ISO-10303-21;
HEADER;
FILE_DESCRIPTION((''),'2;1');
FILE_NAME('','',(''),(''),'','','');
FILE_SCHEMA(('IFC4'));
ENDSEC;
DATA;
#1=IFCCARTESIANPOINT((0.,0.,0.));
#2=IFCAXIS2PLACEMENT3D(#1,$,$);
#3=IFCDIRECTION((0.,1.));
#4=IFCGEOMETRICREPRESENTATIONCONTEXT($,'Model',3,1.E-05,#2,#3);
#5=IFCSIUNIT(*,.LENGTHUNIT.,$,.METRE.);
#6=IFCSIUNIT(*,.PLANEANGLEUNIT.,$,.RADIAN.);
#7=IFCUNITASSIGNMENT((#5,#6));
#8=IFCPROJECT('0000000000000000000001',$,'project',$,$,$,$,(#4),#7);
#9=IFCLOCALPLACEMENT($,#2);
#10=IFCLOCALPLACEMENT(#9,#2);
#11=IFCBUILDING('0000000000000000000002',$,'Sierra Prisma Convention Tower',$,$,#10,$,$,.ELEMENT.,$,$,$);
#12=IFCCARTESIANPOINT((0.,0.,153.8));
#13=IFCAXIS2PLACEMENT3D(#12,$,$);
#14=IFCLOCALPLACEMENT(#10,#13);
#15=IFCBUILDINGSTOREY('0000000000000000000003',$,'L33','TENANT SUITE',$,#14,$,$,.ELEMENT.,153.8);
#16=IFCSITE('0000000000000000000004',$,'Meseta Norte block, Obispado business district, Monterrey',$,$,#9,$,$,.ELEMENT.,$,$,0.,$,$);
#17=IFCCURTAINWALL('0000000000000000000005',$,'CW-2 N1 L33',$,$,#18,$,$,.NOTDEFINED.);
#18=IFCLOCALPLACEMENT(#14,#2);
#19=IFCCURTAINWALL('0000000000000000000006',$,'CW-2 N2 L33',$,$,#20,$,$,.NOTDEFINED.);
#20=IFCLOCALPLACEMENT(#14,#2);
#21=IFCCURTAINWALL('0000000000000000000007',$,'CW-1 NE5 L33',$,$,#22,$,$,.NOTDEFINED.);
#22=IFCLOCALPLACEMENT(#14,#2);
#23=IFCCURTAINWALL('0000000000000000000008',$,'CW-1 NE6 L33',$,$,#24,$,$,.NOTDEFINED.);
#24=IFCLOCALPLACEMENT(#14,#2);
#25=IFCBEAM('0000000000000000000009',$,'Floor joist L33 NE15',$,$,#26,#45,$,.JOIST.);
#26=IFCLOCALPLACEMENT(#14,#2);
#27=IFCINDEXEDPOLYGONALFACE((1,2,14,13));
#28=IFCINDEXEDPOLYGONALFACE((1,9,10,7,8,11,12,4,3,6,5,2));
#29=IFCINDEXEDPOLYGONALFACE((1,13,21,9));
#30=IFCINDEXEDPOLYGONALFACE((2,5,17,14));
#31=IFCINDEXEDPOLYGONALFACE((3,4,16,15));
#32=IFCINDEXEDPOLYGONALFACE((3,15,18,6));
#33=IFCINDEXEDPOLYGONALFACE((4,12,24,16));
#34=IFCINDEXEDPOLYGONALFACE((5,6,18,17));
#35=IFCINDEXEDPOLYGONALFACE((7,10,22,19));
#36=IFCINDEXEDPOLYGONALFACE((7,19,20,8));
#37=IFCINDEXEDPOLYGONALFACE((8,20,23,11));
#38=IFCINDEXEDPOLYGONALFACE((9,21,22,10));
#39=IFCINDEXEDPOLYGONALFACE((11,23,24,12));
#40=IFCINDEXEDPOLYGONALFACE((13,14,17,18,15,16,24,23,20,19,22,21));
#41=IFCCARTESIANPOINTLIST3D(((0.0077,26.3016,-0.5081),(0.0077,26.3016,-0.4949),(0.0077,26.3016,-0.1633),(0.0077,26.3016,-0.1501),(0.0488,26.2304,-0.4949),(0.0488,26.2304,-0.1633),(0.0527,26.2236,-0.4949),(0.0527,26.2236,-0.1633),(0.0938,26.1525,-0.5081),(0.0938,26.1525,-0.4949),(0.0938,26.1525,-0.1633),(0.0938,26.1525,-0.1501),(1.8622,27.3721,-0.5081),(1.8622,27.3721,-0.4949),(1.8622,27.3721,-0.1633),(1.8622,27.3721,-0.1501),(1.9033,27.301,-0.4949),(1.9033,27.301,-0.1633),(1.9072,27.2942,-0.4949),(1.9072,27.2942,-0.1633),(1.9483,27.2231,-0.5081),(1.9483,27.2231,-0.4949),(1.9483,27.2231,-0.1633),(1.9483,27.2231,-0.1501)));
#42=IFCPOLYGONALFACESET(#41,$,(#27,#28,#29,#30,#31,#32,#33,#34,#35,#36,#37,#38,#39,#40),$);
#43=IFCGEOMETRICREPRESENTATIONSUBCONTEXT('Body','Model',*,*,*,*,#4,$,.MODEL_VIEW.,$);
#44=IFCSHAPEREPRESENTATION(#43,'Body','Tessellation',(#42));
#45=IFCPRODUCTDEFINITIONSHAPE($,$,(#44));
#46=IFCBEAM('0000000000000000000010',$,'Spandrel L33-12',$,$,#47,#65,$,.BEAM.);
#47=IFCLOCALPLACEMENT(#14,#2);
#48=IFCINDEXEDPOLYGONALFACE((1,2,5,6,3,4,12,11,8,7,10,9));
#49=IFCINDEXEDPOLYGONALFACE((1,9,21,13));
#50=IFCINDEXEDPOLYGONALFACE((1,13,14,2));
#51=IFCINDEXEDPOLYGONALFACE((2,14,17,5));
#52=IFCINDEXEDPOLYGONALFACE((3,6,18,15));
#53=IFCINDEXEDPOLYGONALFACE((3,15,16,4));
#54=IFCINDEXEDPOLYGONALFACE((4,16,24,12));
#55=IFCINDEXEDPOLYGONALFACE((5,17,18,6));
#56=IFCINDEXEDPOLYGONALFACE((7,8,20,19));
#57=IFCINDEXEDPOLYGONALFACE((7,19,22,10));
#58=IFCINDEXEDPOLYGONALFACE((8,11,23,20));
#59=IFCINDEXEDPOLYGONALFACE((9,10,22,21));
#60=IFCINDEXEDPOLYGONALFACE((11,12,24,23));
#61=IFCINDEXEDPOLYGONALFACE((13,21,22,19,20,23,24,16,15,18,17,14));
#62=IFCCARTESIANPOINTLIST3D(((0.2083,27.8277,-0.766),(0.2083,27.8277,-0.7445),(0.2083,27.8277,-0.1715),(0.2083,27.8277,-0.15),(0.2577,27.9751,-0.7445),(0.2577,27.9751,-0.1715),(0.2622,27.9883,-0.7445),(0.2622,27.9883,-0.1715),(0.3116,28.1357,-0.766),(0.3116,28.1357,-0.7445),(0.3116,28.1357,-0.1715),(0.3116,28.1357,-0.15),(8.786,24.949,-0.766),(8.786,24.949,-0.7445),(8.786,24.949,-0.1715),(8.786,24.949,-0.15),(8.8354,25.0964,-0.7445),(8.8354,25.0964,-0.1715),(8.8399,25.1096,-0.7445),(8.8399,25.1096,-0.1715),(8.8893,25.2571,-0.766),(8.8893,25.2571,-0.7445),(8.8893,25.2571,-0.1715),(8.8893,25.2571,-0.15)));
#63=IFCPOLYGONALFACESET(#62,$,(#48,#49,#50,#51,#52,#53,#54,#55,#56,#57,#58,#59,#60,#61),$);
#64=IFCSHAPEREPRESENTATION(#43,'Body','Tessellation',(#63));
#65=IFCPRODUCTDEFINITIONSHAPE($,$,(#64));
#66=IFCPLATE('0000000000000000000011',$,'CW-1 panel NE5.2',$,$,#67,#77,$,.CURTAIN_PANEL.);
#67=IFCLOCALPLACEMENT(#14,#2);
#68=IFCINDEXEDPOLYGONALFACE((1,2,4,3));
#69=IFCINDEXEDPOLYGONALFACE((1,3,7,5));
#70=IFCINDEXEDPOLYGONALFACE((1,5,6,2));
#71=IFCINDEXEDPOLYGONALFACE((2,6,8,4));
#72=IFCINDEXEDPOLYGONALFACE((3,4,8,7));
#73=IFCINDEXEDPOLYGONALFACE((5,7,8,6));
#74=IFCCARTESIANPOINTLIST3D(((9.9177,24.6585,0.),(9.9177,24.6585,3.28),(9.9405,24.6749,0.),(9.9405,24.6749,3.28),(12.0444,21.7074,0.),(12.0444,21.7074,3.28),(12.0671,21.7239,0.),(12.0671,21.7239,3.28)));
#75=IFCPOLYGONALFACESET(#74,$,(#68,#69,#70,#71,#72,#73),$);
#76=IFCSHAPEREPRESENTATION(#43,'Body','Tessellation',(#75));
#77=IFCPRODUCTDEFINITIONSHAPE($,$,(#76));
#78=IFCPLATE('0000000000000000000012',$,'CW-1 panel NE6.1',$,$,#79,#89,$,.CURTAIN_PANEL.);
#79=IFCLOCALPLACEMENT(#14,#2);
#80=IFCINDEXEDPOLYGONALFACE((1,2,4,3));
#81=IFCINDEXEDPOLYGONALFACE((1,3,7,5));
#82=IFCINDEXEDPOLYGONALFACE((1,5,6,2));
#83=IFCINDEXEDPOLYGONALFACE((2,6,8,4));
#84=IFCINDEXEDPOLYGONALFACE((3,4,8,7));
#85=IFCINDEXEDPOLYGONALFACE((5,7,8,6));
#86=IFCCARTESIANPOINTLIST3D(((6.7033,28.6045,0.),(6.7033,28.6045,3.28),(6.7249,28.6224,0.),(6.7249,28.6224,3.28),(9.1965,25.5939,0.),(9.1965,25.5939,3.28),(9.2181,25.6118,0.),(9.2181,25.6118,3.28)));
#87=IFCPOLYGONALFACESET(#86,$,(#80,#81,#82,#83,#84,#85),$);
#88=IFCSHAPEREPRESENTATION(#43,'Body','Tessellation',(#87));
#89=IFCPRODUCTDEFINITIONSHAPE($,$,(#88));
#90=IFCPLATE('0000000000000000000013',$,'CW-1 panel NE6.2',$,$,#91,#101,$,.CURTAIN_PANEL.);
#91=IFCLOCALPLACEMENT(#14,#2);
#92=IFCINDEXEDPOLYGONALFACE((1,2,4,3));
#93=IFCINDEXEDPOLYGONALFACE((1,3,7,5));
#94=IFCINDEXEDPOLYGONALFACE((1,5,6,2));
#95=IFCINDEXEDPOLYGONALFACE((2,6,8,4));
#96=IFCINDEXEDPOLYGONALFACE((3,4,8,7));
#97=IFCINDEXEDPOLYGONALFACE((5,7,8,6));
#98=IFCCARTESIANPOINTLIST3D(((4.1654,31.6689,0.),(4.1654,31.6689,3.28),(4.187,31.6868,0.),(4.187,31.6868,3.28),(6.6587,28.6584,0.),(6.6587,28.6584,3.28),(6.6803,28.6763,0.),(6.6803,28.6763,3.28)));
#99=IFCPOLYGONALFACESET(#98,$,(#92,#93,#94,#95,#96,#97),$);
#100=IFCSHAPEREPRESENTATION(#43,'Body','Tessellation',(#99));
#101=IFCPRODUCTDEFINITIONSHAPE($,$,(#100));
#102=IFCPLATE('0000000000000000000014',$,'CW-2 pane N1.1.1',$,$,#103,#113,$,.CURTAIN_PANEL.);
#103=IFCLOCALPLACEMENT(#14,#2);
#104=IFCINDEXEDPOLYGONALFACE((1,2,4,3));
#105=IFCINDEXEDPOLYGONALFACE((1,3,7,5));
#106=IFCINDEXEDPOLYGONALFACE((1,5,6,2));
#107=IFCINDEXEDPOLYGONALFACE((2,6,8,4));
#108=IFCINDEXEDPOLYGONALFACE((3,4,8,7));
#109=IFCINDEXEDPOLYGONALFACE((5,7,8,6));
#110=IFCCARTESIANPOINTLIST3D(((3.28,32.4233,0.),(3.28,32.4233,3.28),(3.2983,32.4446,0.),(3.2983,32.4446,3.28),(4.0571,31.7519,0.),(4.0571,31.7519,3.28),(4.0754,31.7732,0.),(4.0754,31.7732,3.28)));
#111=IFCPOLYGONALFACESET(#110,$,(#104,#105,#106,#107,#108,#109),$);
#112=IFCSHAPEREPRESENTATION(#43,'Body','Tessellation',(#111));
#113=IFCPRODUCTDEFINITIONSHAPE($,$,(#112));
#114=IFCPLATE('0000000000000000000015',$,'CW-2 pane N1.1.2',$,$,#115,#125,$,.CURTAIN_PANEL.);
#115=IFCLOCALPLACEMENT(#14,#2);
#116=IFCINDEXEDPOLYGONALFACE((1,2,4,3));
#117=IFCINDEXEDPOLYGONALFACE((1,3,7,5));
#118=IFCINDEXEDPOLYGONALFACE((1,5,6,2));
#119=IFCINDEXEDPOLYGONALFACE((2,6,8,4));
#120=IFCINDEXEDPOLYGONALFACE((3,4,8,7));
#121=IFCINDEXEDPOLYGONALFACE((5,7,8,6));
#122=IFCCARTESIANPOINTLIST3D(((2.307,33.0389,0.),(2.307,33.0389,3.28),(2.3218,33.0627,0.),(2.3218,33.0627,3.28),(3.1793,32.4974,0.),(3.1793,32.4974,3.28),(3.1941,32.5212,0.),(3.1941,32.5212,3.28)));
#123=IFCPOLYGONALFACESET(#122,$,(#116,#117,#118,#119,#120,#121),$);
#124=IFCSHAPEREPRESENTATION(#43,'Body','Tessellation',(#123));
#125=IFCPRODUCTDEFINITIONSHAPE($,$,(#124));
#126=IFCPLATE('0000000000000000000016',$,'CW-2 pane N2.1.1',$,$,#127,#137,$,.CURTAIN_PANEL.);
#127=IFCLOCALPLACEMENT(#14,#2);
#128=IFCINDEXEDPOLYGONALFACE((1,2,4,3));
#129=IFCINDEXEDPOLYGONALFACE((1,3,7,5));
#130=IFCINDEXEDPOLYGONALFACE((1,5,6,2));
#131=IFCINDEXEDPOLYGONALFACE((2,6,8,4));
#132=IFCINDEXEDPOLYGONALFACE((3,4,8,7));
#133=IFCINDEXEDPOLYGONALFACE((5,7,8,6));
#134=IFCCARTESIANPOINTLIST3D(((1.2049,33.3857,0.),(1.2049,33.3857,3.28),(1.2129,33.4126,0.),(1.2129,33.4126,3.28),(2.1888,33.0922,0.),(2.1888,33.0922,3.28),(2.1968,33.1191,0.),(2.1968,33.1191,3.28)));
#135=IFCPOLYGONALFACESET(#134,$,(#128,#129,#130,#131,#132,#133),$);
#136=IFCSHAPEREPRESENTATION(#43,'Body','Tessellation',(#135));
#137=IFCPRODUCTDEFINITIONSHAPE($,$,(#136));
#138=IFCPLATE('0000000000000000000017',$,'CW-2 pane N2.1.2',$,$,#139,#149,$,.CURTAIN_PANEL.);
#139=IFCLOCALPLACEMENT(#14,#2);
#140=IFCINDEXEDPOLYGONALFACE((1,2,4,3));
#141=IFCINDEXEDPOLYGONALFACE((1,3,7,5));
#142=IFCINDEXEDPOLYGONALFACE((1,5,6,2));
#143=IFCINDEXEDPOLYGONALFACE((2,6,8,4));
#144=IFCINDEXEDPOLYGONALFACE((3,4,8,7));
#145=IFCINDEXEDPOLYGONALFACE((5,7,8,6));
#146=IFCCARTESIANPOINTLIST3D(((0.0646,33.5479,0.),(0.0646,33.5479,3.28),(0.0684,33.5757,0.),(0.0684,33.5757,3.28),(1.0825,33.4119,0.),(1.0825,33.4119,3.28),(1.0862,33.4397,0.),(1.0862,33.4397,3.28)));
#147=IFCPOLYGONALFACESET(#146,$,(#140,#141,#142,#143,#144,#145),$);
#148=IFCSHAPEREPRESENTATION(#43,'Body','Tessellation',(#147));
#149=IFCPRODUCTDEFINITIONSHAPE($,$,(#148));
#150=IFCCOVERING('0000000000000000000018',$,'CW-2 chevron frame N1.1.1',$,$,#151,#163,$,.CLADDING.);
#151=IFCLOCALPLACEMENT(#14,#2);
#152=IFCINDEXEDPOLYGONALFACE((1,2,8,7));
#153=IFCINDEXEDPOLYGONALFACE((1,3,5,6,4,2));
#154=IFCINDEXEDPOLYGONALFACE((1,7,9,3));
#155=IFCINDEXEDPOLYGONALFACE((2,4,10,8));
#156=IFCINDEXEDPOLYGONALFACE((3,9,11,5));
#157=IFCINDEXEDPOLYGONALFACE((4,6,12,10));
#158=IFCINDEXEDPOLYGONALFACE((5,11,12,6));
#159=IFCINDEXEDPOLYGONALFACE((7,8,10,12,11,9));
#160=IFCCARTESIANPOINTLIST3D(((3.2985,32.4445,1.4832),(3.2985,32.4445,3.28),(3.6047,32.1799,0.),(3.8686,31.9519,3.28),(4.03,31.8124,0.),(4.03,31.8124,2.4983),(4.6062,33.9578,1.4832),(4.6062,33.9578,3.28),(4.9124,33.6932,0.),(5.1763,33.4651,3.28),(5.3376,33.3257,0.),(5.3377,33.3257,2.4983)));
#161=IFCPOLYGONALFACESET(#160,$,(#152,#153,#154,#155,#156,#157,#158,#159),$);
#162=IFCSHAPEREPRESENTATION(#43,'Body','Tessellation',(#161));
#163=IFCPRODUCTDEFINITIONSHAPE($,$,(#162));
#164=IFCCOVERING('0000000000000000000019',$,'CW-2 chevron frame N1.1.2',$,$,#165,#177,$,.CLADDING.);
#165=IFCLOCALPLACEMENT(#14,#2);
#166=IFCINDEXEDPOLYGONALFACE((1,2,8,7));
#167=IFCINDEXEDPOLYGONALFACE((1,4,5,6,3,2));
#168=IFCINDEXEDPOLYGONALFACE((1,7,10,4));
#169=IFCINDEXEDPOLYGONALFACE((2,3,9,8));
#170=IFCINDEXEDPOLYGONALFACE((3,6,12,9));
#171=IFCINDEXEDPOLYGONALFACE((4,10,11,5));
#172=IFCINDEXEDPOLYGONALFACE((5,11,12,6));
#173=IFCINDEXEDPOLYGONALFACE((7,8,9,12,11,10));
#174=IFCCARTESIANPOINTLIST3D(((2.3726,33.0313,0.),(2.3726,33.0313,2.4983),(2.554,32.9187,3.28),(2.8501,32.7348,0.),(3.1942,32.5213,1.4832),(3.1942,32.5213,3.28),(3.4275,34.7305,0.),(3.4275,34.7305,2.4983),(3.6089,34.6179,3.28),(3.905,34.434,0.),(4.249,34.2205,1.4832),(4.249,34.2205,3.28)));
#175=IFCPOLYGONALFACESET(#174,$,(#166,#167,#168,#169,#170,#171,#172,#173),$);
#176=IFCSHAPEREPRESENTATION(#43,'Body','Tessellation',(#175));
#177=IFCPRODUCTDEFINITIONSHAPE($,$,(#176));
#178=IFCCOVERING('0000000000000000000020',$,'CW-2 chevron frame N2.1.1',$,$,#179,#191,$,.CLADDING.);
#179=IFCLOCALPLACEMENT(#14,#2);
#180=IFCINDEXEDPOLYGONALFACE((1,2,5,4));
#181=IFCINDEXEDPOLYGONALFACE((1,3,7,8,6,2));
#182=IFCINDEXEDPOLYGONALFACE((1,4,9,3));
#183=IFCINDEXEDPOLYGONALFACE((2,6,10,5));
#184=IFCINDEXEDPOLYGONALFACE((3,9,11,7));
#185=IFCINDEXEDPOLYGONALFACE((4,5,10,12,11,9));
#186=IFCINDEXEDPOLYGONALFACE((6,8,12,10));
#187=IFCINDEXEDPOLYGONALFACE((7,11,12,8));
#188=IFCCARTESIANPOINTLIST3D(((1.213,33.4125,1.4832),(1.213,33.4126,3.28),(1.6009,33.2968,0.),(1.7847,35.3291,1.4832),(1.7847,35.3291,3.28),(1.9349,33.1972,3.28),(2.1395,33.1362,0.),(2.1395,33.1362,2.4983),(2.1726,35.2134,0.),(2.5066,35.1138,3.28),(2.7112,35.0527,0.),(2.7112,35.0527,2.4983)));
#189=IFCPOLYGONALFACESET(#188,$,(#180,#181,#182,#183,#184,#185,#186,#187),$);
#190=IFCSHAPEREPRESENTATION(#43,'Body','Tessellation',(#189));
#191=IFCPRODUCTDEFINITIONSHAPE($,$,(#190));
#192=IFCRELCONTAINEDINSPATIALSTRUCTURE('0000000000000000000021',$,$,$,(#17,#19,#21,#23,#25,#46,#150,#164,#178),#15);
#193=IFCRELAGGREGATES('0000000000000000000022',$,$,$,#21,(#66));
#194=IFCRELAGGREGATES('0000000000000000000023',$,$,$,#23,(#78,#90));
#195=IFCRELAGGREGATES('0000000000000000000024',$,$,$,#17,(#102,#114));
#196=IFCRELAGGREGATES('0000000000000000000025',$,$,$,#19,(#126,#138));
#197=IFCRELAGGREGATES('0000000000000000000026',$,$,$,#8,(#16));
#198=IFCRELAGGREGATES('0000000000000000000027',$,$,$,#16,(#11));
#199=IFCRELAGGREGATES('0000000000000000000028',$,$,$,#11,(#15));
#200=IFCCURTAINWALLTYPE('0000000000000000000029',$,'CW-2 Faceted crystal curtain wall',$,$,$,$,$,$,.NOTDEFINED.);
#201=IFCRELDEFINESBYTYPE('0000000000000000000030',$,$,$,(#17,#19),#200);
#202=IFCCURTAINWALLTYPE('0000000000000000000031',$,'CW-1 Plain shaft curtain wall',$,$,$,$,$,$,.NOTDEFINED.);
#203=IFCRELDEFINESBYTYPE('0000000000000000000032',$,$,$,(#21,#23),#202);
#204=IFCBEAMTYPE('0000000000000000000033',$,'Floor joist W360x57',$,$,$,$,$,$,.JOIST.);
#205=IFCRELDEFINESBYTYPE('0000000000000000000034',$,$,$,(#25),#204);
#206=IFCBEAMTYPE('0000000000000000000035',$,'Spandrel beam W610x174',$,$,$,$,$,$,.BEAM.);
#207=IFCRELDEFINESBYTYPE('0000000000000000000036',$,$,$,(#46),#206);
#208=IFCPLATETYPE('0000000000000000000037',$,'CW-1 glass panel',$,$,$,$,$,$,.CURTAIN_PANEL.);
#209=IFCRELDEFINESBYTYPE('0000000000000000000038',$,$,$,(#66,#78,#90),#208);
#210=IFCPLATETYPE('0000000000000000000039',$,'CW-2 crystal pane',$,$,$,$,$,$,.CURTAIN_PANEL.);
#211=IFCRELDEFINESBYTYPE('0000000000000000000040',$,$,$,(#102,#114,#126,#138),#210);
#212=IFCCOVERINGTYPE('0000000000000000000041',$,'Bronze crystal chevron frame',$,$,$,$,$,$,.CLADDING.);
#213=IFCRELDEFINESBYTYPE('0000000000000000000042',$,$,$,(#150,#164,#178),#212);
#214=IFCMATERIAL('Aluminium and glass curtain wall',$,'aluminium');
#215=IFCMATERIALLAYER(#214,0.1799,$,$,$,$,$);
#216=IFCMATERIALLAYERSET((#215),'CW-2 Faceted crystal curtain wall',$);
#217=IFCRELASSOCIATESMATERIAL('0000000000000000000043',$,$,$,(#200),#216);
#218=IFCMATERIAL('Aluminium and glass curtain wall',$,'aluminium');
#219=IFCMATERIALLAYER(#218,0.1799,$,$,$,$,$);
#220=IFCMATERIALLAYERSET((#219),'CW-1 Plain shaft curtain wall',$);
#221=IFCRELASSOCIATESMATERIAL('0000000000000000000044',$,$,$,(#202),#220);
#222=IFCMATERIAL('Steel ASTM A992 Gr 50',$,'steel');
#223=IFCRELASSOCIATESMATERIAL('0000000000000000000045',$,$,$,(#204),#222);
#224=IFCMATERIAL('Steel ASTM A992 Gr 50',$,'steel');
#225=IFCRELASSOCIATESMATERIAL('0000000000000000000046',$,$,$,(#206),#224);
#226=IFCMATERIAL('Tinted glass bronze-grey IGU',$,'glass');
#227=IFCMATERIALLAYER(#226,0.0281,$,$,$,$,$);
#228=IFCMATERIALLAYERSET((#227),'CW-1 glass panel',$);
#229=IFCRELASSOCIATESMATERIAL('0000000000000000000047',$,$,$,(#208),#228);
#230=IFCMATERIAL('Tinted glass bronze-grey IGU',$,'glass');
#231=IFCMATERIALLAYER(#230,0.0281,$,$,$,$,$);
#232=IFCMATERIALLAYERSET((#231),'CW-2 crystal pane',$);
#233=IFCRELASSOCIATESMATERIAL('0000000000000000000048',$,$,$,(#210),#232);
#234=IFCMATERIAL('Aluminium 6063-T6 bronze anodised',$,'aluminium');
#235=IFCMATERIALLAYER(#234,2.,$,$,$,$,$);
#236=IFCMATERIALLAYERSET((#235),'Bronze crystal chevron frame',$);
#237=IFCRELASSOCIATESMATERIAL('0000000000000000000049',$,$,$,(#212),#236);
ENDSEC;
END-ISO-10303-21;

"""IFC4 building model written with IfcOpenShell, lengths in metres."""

from ifc_helpers import new_model, si_unit, direction, frame, origin, origin_2d, place, context, subcontext, project, spatial, polyline, rectangle, i_section, outline, extrude, material, layer, layer_set, material_profile, profile_set, type_object, element, aggregate, save


model = new_model("IFC4")

# Units and contexts
model_context = context("Model", 3, precision=1e-05, world=origin(), true_north=direction((0.0, 1.0)))
body_context = subcontext(model_context, "Body", "Model", "MODEL_VIEW")
ifc_project = project(units=[si_unit("LENGTHUNIT", "METRE"), si_unit("PLANEANGLEUNIT", "RADIAN")], contexts=[model_context])

# Site, building, storey
site_placement = place(None, origin())
site = spatial("IfcSite", under=ifc_project, at=site_placement, Name="Meseta Norte block, Obispado business district, Monterrey", CompositionType="ELEMENT", RefElevation=0.0)
building_placement = place(site_placement, origin())
building = spatial("IfcBuilding", under=site, at=building_placement, Name="Sierra Prisma Convention Tower", CompositionType="ELEMENT")
storey_placement = place(building_placement, frame((0.0, 0.0, 153.8)))
storey = spatial("IfcBuildingStorey", under=building, at=storey_placement, Name="L33", Description="TENANT SUITE", CompositionType="ELEMENT", Elevation=153.8)

# Curtain walls
ifc_material_1 = material(Name="Aluminium and glass curtain wall", Category="aluminium")
ifc_layer_1 = layer(ifc_material_1, 0.1799)
ifc_layer_set_1 = layer_set([ifc_layer_1], Name="CW-2 Faceted crystal curtain wall")
curtain_wall_type_1 = type_object("IfcCurtainWallType", Name="CW-2 Faceted crystal curtain wall", PredefinedType="NOTDEFINED", material=ifc_layer_set_1)
curtain_wall_1_placement = place(storey_placement, origin())
curtain_wall_1 = element("IfcCurtainWall", 1, at=curtain_wall_1_placement, inside=storey, type_object=curtain_wall_type_1, Name="CW-2 N1 L33", PredefinedType="NOTDEFINED")
curtain_wall_2_placement = place(storey_placement, origin())
curtain_wall_2 = element("IfcCurtainWall", 2, at=curtain_wall_2_placement, inside=storey, type_object=curtain_wall_type_1, Name="CW-2 N2 L33", PredefinedType="NOTDEFINED")
ifc_material_2 = material(Name="Aluminium and glass curtain wall", Category="aluminium")
ifc_layer_2 = layer(ifc_material_2, 0.1799)
ifc_layer_set_2 = layer_set([ifc_layer_2], Name="CW-1 Plain shaft curtain wall")
curtain_wall_type_2 = type_object("IfcCurtainWallType", Name="CW-1 Plain shaft curtain wall", PredefinedType="NOTDEFINED", material=ifc_layer_set_2)
curtain_wall_3_placement = place(storey_placement, origin())
curtain_wall_3 = element("IfcCurtainWall", 3, at=curtain_wall_3_placement, inside=storey, type_object=curtain_wall_type_2, Name="CW-1 NE5 L33", PredefinedType="NOTDEFINED")
curtain_wall_4_placement = place(storey_placement, origin())
curtain_wall_4 = element("IfcCurtainWall", 4, at=curtain_wall_4_placement, inside=storey, type_object=curtain_wall_type_2, Name="CW-1 NE6 L33", PredefinedType="NOTDEFINED")

# Beams
ifc_material_3 = material(Name="Steel ASTM A992 Gr 50", Category="steel")
ifc_material_profile_1 = material_profile(ifc_material_3, i_section(OverallWidth=0.1721, OverallDepth=0.3579, WebThickness=0.0078, FlangeThickness=0.0132, at=origin_2d()), Name="W360x57")
ifc_profile_set_1 = profile_set([ifc_material_profile_1], Name="Steel ASTM A992 Gr 50")
beam_type_1 = type_object("IfcBeamType", Name="Floor joist W360x57", PredefinedType="JOIST", material=ifc_profile_set_1)
beam_1_placement = place(storey_placement, frame((1.9053, 27.2976, -0.3291), z_axis=(-0.866053, -0.499953, 0.0), x_axis=(0.499953, -0.866053, 0.0)))
element("IfcBeam", 5, at=beam_1_placement, inside=storey, type_object=beam_type_1, Name="Floor joist L33 NE15", PredefinedType="JOIST", context=body_context, shape_type="SweptSolid", body=[
    extrude(i_section(OverallWidth=0.1721, OverallDepth=0.3579, WebThickness=0.0078, FlangeThickness=0.0132, at=origin_2d()), origin(), (0.0, 0.0, 1.0), 2.1414),
])
ifc_material_4 = material(Name="Steel ASTM A992 Gr 50", Category="steel")
ifc_material_profile_2 = material_profile(ifc_material_4, i_section(OverallWidth=0.325, OverallDepth=0.616, WebThickness=0.0139, FlangeThickness=0.0215, at=origin_2d()), Name="W610x174")
ifc_profile_set_2 = profile_set([ifc_material_profile_2], Name="Steel ASTM A992 Gr 50")
beam_type_2 = type_object("IfcBeamType", Name="Spandrel beam W610x174", PredefinedType="BEAM", material=ifc_profile_set_2)
beam_2_placement = place(storey_placement, frame((8.8376, 25.103, -0.458), z_axis=(-0.948036, 0.318162, 0.0), x_axis=(-0.318162, -0.948036, 0.0)))
element("IfcBeam", 6, at=beam_2_placement, inside=storey, type_object=beam_type_2, Name="Spandrel L33-12", PredefinedType="BEAM", context=body_context, shape_type="SweptSolid", body=[
    extrude(i_section(OverallWidth=0.325, OverallDepth=0.616, WebThickness=0.0139, FlangeThickness=0.0215, at=origin_2d()), origin(), (0.0, 0.0, 1.0), 9.0479),
])

# Plates
ifc_material_5 = material(Name="Tinted glass bronze-grey IGU", Category="glass")
ifc_layer_3 = layer(ifc_material_5, 0.0281)
ifc_layer_set_3 = layer_set([ifc_layer_3], Name="CW-1 glass panel")
plate_type_1 = type_object("IfcPlateType", Name="CW-1 glass panel", PredefinedType="CURTAIN_PANEL", material=ifc_layer_set_3)
plate_1_placement = place(storey_placement, frame((10.9924, 23.1912, 0.0), z_axis=(0.0, 0.0, 1.0), x_axis=(-0.584648, 0.811287, 0.0)))
plate_1 = element("IfcPlate", 7, at=plate_1_placement, type_object=plate_type_1, Name="CW-1 panel NE5.2", PredefinedType="CURTAIN_PANEL", context=body_context, shape_type="SweptSolid", body=[
    extrude(rectangle(XDim=3.6375, YDim=0.0281, at=origin_2d()), origin(), (0.0, 0.0, 1.0), 3.28),
])
aggregate(curtain_wall_3, [plate_1])
plate_2_placement = place(storey_placement, frame((7.9607, 27.1082, 0.0), z_axis=(0.0, 0.0, 1.0), x_axis=(-0.63783, 0.770177, 0.0)))
plate_2 = element("IfcPlate", 8, at=plate_2_placement, type_object=plate_type_1, Name="CW-1 panel NE6.1", PredefinedType="CURTAIN_PANEL", context=body_context, shape_type="SweptSolid", body=[
    extrude(rectangle(XDim=3.9089, YDim=0.0281, at=origin_2d()), origin(), (0.0, 0.0, 1.0), 3.28),
])
plate_3_placement = place(storey_placement, frame((5.4229, 30.1726, 0.0), z_axis=(0.0, 0.0, 1.0), x_axis=(-0.63783, 0.770177, 0.0)))
plate_3 = element("IfcPlate", 9, at=plate_3_placement, type_object=plate_type_1, Name="CW-1 panel NE6.2", PredefinedType="CURTAIN_PANEL", context=body_context, shape_type="SweptSolid", body=[
    extrude(rectangle(XDim=3.9089, YDim=0.0281, at=origin_2d()), origin(), (0.0, 0.0, 1.0), 3.28),
])
aggregate(curtain_wall_4, [plate_2, plate_3])
ifc_material_6 = material(Name="Tinted glass bronze-grey IGU", Category="glass")
ifc_layer_4 = layer(ifc_material_6, 0.0281)
ifc_layer_set_4 = layer_set([ifc_layer_4], Name="CW-2 crystal pane")
plate_type_2 = type_object("IfcPlateType", Name="CW-2 crystal pane", PredefinedType="CURTAIN_PANEL", material=ifc_layer_set_4)
plate_4_placement = place(storey_placement, frame((4.0754, 31.7732, 0.0), z_axis=(0.653762, 0.7567, 0.0), x_axis=(-0.7567, 0.653762, 0.0)))
plate_4 = element("IfcPlate", 10, at=plate_4_placement, type_object=plate_type_2, Name="CW-2 pane N1.1.1", PredefinedType="CURTAIN_PANEL", context=body_context, shape_type="SweptSolid", body=[
    extrude(outline(polyline([(0.0, 0.0), (1.027, 0.0), (1.027, 3.28), (0.0, 3.28), (0.0, 0.0)])), origin(), (0.0, 0.0, -1.0), 0.0281),
])
plate_5_placement = place(storey_placement, frame((2.3218, 33.0627, 0.0), z_axis=(0.52741, 0.849611, 0.0), x_axis=(0.849611, -0.52741, 0.0)))
plate_5 = element("IfcPlate", 11, at=plate_5_placement, type_object=plate_type_2, Name="CW-2 pane N1.1.2", PredefinedType="CURTAIN_PANEL", context=body_context, shape_type="SweptSolid", body=[
    extrude(outline(polyline([(0.0, 0.0), (1.0267, 0.0), (1.0267, -3.28), (0.0, -3.28), (0.0, 0.0)])), origin(), (0.0, 0.0, -1.0), 0.0281),
])
aggregate(curtain_wall_1, [plate_4, plate_5])
plate_6_placement = place(storey_placement, frame((2.1968, 33.1191, 0.0), z_axis=(0.28582, 0.958283, 0.0), x_axis=(-0.958283, 0.28582, 0.0)))
plate_6 = element("IfcPlate", 12, at=plate_6_placement, type_object=plate_type_2, Name="CW-2 pane N2.1.1", PredefinedType="CURTAIN_PANEL", context=body_context, shape_type="SweptSolid", body=[
    extrude(outline(polyline([(0.0, 0.0), (1.0267, 0.0), (1.0267, 3.28), (0.0, 3.28), (0.0, 0.0)])), origin(), (0.0, 0.0, -1.0), 0.0281),
])
plate_7_placement = place(storey_placement, frame((0.0684, 33.5757, 0.0), z_axis=(0.132428, 0.991193, 0.0), x_axis=(0.991193, -0.132428, 0.0)))
plate_7 = element("IfcPlate", 13, at=plate_7_placement, type_object=plate_type_2, Name="CW-2 pane N2.1.2", PredefinedType="CURTAIN_PANEL", context=body_context, shape_type="SweptSolid", body=[
    extrude(outline(polyline([(0.0, 0.0), (1.0269, 0.0), (1.0269, -3.28), (0.0, -3.28), (0.0, 0.0)])), origin(), (0.0, 0.0, -1.0), 0.0281),
])
aggregate(curtain_wall_2, [plate_6, plate_7])

# Coverings
ifc_material_7 = material(Name="Aluminium 6063-T6 bronze anodised", Category="aluminium")
ifc_layer_5 = layer(ifc_material_7, 2.0)
ifc_layer_set_5 = layer_set([ifc_layer_5], Name="Bronze crystal chevron frame")
covering_type = type_object("IfcCoveringType", Name="Bronze crystal chevron frame", PredefinedType="CLADDING", material=ifc_layer_set_5)
covering_1_placement = place(storey_placement, frame((5.3376, 33.3257, 0.0), z_axis=(0.653834, 0.756638, -0.000005), x_axis=(-0.756638, 0.653834, 0.0)))
element("IfcCovering", 14, at=covering_1_placement, inside=storey, type_object=covering_type, Name="CW-2 chevron frame N1.1.1", PredefinedType="CLADDING", context=body_context, shape_type="SweptSolid", body=[
    extrude(outline(polyline([(0.0, 0.0), (0.562, 0.0), (0.9667, 1.4832), (0.9667, 3.28), (0.2133, 3.28), (0.0, 2.4983), (0.0, 0.0)])), origin(), (0.0, 0.0, -1.0), 2.0),
])
covering_2_placement = place(storey_placement, frame((4.249, 34.2205, 3.28), z_axis=(0.527425, 0.849602, 0.000001), x_axis=(0.000001, 0.000001, -1.0)))
element("IfcCovering", 15, at=covering_2_placement, inside=storey, type_object=covering_type, Name="CW-2 chevron frame N1.1.2", PredefinedType="CLADDING", context=body_context, shape_type="SweptSolid", body=[
    extrude(outline(polyline([(0.0, 0.0), (1.7969, 0.0), (3.28, 0.4049), (3.28, 0.967), (0.7817, 0.967), (0.0, 0.7535), (0.0, 0.0)])), origin(), (0.0, 0.0, -1.0), 2.0),
])
covering_3_placement = place(storey_placement, frame((2.7112, 35.0527, 0.0), z_axis=(0.285839, 0.958278, -0.000002), x_axis=(-0.958278, 0.285839, 0.0)))
element("IfcCovering", 16, at=covering_3_placement, inside=storey, type_object=covering_type, Name="CW-2 chevron frame N2.1.1", PredefinedType="CLADDING", context=body_context, shape_type="SweptSolid", body=[
    extrude(outline(polyline([(0.0, 0.0), (0.562, 0.0), (0.9669, 1.4832), (0.9669, 3.28), (0.2135, 3.28), (0.0, 2.4983), (0.0, 0.0)])), origin(), (0.0, 0.0, -1.0), 2.0),
])

save(model, "model.ifc")
